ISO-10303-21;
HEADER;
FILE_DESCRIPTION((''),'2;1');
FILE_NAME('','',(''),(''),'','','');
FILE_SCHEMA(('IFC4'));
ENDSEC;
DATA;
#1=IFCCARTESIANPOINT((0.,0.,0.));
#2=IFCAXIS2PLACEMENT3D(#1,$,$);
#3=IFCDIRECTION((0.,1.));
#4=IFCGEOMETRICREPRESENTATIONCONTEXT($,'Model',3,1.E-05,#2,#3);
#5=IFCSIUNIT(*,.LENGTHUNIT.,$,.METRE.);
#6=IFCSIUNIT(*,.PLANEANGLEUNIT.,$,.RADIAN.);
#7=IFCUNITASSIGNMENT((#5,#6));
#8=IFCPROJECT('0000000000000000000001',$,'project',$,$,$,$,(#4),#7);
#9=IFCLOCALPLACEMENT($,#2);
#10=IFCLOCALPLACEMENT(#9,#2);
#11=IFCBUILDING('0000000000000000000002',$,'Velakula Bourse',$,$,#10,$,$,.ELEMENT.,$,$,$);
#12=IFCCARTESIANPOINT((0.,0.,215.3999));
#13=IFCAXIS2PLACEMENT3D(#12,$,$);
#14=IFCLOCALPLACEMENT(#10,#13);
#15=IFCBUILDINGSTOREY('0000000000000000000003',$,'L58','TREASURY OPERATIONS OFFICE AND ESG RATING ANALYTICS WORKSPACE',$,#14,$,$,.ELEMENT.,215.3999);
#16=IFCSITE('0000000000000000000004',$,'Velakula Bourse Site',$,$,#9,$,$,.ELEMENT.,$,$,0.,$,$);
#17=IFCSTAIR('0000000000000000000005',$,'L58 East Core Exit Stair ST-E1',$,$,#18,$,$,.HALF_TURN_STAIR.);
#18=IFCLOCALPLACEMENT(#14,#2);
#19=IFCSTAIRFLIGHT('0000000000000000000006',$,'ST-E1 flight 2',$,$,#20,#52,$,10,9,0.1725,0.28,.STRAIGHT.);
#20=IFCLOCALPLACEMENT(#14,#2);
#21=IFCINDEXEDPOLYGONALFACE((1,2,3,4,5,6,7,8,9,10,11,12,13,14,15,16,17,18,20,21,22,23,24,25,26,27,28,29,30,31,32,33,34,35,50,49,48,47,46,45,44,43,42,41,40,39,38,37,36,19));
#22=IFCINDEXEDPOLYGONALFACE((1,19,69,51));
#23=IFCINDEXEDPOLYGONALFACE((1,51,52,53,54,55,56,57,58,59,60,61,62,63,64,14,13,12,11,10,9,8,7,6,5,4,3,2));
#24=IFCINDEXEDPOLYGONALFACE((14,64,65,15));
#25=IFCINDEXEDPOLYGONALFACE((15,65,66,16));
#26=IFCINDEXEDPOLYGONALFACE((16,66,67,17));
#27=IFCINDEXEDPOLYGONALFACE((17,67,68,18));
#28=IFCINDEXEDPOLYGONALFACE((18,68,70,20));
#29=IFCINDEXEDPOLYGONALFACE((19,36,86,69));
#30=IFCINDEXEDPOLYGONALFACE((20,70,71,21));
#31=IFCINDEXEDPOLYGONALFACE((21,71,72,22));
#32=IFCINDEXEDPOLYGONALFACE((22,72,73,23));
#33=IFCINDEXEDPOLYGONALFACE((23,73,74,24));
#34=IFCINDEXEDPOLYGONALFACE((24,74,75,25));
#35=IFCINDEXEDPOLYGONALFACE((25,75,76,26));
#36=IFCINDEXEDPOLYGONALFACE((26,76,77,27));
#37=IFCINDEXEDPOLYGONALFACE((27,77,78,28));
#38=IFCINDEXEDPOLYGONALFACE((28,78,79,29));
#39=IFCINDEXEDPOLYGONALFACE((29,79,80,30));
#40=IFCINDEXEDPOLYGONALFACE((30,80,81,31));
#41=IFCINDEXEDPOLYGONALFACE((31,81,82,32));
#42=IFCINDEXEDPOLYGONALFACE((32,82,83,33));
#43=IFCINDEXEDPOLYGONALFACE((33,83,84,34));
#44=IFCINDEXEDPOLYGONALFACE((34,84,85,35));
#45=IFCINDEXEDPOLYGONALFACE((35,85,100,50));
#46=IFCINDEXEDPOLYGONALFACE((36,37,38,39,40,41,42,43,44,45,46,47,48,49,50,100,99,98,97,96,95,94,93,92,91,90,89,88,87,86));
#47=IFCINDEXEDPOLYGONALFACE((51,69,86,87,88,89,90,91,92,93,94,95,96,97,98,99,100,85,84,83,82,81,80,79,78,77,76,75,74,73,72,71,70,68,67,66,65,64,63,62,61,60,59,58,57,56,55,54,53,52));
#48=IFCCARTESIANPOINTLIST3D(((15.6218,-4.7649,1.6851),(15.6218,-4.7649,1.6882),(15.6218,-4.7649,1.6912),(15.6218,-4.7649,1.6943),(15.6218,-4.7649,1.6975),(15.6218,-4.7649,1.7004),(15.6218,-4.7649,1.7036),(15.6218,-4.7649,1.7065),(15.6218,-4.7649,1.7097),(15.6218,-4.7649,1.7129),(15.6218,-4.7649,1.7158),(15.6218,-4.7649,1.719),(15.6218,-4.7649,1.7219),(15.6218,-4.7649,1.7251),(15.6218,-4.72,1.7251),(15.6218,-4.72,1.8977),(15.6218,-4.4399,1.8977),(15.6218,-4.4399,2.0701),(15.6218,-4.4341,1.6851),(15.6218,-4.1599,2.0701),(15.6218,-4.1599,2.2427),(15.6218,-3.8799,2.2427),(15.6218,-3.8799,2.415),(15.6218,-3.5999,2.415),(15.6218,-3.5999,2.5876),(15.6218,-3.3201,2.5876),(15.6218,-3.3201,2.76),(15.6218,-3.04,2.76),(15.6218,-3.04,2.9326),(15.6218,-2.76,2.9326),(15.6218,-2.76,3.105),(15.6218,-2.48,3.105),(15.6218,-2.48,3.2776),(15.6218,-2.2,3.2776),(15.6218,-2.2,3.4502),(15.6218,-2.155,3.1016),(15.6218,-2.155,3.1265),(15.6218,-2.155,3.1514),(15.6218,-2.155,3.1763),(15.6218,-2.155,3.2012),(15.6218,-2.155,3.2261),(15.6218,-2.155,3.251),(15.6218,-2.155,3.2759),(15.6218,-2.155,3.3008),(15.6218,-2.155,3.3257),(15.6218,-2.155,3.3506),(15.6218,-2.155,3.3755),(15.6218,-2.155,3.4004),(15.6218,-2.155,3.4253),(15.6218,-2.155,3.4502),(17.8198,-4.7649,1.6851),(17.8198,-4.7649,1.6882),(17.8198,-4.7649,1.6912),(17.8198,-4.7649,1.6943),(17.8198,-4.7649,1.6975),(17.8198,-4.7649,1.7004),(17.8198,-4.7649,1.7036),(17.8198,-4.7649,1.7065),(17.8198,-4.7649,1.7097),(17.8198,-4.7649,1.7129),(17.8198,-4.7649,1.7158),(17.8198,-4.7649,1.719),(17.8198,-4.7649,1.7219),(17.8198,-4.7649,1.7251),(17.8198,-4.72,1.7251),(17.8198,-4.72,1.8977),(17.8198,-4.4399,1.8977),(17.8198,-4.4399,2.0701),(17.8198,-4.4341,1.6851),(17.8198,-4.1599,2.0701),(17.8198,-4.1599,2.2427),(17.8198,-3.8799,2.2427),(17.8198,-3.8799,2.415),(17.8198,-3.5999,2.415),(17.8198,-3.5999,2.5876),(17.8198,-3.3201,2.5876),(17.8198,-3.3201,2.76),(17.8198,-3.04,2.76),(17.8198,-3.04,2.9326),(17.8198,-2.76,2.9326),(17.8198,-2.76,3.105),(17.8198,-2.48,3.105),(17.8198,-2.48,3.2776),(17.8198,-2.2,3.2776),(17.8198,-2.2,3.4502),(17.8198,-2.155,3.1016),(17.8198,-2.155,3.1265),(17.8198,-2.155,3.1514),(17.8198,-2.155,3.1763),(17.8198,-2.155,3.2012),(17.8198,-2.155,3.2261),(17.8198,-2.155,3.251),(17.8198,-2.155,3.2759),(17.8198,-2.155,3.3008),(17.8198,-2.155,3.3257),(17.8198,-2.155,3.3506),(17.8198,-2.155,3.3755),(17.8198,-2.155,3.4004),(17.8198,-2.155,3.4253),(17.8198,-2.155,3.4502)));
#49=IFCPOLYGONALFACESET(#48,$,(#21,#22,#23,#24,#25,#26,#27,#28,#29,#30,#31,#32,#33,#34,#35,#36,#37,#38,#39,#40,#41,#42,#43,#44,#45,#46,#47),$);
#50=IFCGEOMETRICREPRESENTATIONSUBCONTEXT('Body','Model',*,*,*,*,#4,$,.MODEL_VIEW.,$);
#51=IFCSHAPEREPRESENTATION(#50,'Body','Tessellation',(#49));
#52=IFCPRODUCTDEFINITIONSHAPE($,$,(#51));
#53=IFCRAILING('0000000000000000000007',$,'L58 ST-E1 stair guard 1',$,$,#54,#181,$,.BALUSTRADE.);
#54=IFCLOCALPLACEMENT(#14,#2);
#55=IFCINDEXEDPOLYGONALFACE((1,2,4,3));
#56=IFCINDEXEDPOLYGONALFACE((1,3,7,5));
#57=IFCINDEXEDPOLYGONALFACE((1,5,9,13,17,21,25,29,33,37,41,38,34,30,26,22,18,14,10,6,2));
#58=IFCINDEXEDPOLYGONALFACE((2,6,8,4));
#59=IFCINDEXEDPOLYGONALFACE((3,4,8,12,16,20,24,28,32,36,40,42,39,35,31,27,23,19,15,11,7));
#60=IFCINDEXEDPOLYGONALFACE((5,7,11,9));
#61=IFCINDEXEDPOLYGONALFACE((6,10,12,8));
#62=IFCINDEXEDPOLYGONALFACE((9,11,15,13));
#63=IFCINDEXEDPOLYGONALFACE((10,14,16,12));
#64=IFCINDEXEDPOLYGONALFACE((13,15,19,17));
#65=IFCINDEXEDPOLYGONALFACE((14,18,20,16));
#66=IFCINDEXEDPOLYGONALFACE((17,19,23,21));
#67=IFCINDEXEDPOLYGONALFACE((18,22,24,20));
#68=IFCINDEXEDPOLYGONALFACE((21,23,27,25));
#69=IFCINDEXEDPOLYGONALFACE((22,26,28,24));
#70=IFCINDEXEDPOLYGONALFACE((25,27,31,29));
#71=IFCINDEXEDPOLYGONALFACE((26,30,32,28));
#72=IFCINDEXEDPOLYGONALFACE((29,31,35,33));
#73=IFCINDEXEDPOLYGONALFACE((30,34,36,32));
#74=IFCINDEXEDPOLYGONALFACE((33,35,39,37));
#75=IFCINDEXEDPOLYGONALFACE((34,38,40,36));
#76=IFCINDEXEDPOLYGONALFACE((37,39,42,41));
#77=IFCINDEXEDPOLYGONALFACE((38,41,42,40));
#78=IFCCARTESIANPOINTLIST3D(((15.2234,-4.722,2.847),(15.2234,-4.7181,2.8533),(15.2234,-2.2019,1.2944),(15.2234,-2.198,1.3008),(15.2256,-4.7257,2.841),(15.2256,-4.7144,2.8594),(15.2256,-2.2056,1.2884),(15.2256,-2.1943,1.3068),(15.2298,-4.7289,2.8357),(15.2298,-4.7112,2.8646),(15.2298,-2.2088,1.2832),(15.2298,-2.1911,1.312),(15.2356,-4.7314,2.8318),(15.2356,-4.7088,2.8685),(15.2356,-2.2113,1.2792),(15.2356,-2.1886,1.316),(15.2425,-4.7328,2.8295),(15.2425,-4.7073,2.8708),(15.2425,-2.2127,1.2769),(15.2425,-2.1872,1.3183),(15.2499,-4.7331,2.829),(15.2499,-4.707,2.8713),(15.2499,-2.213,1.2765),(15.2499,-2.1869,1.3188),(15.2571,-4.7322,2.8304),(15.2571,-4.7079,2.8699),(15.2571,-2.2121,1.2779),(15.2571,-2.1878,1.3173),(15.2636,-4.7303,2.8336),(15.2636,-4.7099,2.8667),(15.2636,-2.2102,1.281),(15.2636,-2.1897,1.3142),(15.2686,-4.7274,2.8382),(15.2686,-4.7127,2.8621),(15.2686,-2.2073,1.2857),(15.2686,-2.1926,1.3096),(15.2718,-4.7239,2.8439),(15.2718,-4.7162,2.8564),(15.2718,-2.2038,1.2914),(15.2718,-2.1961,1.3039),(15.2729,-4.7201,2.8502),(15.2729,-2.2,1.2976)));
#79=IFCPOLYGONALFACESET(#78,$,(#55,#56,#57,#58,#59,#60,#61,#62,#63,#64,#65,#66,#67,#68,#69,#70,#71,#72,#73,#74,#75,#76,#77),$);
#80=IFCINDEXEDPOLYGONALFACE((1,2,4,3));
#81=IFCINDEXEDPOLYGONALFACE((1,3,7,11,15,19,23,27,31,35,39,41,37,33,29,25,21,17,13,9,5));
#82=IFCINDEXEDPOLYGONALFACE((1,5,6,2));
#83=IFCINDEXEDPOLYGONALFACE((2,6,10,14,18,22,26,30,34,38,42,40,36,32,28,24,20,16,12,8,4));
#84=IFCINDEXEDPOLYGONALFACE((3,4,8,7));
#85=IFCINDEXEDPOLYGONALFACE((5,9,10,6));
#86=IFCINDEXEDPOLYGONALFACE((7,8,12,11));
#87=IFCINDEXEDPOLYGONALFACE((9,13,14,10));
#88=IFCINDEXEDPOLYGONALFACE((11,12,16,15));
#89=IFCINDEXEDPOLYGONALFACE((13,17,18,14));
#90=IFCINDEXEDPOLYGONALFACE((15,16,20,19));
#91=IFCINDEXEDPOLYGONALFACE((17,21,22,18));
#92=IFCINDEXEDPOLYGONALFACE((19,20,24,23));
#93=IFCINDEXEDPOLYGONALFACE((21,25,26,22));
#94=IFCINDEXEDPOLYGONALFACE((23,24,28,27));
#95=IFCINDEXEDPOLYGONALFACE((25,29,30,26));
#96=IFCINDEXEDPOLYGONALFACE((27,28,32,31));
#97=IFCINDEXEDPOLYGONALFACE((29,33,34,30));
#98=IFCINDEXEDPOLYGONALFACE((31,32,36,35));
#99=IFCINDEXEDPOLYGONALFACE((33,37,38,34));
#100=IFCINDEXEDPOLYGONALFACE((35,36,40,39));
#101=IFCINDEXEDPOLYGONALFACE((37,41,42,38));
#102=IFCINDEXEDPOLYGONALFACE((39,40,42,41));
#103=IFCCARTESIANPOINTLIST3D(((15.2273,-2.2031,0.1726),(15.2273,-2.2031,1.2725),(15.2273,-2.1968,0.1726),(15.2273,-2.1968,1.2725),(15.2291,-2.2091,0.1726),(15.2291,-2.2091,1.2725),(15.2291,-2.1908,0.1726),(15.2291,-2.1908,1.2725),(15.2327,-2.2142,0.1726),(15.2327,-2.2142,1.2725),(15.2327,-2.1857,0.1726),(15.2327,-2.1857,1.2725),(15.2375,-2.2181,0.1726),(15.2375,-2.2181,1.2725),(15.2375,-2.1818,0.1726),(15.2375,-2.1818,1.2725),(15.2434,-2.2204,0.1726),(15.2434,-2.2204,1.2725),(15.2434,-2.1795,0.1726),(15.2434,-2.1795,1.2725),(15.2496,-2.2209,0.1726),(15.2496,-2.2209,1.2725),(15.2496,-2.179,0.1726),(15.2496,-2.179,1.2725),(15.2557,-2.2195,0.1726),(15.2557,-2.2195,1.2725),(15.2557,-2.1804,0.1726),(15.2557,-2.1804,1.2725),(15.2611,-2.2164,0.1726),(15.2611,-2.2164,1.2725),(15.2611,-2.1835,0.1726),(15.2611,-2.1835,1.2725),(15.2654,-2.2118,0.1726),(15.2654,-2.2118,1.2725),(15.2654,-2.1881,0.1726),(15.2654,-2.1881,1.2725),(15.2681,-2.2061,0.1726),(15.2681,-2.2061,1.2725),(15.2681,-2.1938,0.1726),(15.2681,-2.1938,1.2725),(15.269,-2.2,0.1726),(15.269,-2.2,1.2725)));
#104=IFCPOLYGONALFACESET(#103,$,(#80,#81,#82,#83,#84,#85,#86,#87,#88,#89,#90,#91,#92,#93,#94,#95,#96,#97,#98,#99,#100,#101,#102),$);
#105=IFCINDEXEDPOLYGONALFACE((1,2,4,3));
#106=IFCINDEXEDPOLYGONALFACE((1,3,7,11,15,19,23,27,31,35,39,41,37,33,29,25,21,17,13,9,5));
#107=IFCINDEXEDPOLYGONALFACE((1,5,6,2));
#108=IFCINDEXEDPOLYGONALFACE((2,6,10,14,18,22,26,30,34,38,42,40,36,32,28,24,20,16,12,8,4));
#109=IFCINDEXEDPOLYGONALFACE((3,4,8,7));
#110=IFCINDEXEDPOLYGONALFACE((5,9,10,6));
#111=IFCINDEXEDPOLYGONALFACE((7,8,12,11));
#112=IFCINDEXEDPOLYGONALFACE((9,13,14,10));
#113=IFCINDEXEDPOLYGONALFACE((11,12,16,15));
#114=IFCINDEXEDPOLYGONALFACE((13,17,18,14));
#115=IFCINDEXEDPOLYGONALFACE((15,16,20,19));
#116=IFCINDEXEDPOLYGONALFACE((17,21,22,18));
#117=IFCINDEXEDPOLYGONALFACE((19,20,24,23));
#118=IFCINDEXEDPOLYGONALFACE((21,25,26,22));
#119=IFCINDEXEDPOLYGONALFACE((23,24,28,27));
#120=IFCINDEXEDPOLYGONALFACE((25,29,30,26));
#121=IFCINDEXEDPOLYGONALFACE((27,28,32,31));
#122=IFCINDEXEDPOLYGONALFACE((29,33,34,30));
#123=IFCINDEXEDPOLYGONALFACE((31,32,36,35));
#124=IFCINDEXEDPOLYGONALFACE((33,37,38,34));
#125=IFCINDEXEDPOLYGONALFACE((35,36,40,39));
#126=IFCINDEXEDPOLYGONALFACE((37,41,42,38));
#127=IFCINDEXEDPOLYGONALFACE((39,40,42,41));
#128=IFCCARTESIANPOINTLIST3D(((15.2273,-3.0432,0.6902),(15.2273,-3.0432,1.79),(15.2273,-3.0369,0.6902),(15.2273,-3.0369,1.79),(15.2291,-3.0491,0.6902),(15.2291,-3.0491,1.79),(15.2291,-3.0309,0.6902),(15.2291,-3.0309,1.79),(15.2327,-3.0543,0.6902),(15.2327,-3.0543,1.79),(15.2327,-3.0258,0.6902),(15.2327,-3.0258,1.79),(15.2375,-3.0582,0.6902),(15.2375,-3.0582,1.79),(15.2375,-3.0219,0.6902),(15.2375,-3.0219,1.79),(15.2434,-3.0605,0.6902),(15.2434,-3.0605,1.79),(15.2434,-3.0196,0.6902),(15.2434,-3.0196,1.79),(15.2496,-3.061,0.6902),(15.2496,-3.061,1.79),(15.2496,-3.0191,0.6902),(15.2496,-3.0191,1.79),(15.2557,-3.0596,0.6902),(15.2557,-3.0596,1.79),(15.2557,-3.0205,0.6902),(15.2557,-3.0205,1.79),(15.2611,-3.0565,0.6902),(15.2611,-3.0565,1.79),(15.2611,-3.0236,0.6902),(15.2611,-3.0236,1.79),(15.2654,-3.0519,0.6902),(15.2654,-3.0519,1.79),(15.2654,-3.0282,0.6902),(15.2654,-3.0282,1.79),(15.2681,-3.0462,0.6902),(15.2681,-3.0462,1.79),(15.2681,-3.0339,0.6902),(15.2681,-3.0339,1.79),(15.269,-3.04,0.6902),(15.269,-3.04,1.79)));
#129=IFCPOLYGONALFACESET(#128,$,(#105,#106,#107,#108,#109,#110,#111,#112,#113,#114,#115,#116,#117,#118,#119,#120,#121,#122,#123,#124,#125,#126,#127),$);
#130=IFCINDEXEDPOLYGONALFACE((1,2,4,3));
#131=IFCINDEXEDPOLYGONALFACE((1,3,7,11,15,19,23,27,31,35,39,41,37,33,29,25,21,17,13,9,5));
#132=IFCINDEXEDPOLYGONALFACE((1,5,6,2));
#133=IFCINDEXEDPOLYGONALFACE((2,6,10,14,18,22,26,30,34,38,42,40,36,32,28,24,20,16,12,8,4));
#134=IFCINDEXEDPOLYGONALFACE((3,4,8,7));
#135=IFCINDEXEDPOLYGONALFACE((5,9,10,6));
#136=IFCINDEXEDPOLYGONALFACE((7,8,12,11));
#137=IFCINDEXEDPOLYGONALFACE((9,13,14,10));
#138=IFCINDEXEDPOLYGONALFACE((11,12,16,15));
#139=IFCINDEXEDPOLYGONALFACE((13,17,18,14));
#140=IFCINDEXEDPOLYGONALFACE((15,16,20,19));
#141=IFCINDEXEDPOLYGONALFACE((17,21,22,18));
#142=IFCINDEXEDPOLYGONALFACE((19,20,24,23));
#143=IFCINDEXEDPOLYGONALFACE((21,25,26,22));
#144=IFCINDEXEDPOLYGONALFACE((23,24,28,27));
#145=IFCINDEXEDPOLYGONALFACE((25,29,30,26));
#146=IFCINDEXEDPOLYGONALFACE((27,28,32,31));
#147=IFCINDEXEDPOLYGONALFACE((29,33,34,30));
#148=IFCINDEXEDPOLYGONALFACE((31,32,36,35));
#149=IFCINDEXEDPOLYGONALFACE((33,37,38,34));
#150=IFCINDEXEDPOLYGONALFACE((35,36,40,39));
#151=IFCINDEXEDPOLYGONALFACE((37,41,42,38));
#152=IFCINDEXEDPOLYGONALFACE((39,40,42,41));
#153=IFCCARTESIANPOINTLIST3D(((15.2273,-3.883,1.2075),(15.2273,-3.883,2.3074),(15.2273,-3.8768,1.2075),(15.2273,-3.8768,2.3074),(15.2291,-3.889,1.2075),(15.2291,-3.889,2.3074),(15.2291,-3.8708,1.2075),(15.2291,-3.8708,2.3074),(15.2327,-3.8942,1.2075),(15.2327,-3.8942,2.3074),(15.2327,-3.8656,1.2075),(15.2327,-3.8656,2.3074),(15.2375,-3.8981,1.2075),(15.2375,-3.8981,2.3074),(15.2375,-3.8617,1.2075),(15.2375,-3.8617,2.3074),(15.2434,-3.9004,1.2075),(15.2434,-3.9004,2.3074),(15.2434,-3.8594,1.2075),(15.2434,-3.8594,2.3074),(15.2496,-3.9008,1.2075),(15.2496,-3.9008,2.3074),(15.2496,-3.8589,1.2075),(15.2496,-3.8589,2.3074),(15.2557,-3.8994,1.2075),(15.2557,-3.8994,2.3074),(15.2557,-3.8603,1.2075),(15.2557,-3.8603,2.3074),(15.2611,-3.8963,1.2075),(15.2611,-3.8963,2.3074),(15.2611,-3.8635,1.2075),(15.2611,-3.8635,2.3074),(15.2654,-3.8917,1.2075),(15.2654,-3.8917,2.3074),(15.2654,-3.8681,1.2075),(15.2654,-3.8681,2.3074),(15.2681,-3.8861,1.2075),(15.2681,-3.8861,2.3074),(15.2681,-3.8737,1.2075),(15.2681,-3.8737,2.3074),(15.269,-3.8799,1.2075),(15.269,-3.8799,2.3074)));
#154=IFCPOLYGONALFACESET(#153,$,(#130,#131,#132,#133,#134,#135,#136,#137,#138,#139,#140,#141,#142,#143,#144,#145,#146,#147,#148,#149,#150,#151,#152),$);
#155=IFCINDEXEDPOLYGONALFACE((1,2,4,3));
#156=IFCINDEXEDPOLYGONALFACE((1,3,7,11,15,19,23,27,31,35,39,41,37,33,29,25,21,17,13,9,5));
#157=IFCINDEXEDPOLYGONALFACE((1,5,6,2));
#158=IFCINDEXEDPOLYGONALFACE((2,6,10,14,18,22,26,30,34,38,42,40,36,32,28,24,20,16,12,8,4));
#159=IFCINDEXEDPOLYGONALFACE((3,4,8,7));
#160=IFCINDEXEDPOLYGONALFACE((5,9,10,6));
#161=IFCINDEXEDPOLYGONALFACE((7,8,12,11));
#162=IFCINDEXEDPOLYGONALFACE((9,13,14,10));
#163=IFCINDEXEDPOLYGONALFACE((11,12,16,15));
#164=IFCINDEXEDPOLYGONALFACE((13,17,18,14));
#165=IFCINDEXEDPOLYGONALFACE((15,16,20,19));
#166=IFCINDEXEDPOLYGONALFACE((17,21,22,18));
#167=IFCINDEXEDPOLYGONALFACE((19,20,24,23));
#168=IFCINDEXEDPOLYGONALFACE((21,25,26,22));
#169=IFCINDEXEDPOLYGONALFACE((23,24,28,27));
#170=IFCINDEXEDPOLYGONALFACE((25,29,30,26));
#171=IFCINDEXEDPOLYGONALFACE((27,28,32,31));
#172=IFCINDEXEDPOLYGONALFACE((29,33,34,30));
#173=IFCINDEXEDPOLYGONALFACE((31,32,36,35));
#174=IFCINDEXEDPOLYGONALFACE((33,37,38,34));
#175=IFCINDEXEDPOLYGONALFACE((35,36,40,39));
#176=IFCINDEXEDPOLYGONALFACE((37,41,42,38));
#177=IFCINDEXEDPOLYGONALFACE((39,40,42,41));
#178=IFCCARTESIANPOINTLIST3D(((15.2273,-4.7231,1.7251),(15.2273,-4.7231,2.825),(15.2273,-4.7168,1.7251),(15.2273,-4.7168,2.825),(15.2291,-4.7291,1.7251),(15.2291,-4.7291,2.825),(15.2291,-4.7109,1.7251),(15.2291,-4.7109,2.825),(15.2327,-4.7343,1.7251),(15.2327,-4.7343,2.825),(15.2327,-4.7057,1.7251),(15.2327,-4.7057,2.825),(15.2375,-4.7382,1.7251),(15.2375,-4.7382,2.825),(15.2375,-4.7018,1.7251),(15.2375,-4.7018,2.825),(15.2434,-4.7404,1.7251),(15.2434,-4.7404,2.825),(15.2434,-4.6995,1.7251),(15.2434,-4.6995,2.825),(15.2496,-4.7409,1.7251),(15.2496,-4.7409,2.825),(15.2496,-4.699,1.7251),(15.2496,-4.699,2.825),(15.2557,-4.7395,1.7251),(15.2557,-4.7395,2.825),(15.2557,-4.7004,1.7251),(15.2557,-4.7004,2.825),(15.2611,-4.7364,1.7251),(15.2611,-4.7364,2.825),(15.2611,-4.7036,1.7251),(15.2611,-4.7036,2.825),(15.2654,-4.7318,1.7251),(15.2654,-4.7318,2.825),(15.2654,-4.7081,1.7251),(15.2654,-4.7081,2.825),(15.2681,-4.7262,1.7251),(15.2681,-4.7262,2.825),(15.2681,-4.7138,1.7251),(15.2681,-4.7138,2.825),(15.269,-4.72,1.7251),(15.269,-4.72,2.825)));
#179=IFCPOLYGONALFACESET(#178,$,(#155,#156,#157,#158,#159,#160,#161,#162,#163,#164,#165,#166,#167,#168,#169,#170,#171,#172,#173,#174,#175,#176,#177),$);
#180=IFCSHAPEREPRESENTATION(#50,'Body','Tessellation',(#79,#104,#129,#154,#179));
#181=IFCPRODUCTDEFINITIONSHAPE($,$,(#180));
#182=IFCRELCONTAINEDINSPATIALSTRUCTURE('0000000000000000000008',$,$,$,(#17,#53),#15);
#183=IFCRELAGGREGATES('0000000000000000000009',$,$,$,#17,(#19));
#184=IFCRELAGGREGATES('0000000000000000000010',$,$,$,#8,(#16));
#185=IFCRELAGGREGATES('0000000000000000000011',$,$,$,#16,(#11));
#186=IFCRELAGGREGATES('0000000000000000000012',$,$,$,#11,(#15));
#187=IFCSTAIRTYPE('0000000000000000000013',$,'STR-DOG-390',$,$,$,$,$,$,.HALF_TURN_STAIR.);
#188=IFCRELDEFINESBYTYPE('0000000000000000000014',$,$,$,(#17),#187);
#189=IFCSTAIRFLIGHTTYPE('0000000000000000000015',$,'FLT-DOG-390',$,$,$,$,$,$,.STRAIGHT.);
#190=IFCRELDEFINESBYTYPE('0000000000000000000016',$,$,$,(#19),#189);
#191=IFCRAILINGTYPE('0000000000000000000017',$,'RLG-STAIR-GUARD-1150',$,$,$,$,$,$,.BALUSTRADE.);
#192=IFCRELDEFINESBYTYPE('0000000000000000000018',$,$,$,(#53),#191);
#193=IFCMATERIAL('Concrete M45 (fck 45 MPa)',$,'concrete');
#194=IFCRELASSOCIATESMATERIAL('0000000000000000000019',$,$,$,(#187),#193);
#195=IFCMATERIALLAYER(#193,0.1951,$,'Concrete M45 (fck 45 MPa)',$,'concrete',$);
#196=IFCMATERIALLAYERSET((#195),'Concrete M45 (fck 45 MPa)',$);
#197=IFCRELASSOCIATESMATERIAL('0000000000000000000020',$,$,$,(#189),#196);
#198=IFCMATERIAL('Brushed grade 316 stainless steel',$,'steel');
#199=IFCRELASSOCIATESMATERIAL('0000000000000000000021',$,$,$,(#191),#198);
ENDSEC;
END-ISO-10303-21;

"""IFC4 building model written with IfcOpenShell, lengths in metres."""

from ifc_helpers import new_model, si_unit, direction, frame, origin, origin_2d, place, context, subcontext, project, spatial, polyline, circle, outline, extrude, material, layer, layer_set, type_object, element, aggregate, save


model = new_model("IFC4")

# Units and contexts
model_context = context("Model", 3, precision=1e-05, world=origin(), true_north=direction((0.0, 1.0)))
body_context = subcontext(model_context, "Body", "Model", "MODEL_VIEW")
ifc_project = project(units=[si_unit("LENGTHUNIT", "METRE"), si_unit("PLANEANGLEUNIT", "RADIAN")], contexts=[model_context])

# Site, building, storey
site_placement = place(None, origin())
site = spatial("IfcSite", under=ifc_project, at=site_placement, Name="Velakula Bourse Site", CompositionType="ELEMENT", RefElevation=0.0)
building_placement = place(site_placement, origin())
building = spatial("IfcBuilding", under=site, at=building_placement, Name="Velakula Bourse", CompositionType="ELEMENT")
storey_placement = place(building_placement, frame((0.0, 0.0, 215.3999)))
storey = spatial("IfcBuildingStorey", under=building, at=storey_placement, Name="L58", Description="TREASURY OPERATIONS OFFICE AND ESG RATING ANALYTICS WORKSPACE", CompositionType="ELEMENT", Elevation=215.3999)

# Shared definitions
ifc_material_1 = material(Name="Brushed grade 316 stainless steel", Category="steel")

# Stair, stair flight
ifc_material_2 = material(Name="Concrete M45 (fck 45 MPa)", Category="concrete")
stair_type = type_object("IfcStairType", Name="STR-DOG-390", PredefinedType="HALF_TURN_STAIR", material=ifc_material_2)
stair_placement = place(storey_placement, origin())
stair = element("IfcStair", 1, at=stair_placement, inside=storey, type_object=stair_type, Name="L58 East Core Exit Stair ST-E1", PredefinedType="HALF_TURN_STAIR")
ifc_layer_1 = layer(ifc_material_2, 0.1951, Name="Concrete M45 (fck 45 MPa)", Category="concrete")
ifc_layer_set_1 = layer_set([ifc_layer_1], Name="Concrete M45 (fck 45 MPa)")
stair_flight_type = type_object("IfcStairFlightType", Name="FLT-DOG-390", PredefinedType="STRAIGHT", material=ifc_layer_set_1)
stair_flight_1_placement = place(storey_placement, frame((16.7209, -4.72, 1.7251), z_axis=(0.0, 0.0, 1.0), x_axis=(0.0, 1.0, 0.0)))
stair_flight_1 = element("IfcStairFlight", 2, at=stair_flight_1_placement, type_object=stair_flight_type, Name="ST-E1 flight 2", NumberOfRisers=10, NumberOfTreads=9, PredefinedType="STRAIGHT", RiserHeight=0.1725, TreadLength=0.28, context=body_context, shape_type="SweptSolid", body=[
    extrude(outline(polyline([(-0.0449, -0.04), (-0.0449, -0.0369), (-0.0449, -0.0339), (-0.0449, -0.0308), (-0.0449, -0.0276), (-0.0449, -0.0247), (-0.0449, -0.0215), (-0.0449, -0.0186), (-0.0449, -0.0154), (-0.0449, -0.0122), (-0.0449, -0.0093), (-0.0449, -0.0061), (-0.0449, -0.0032), (-0.0449, 0.0), (0.0, 0.0), (0.0, 0.1726), (0.28, 0.1726), (0.28, 0.345), (0.5601, 0.345), (0.5601, 0.5176), (0.8401, 0.5176), (0.8401, 0.6899), (1.1201, 0.6899), (1.1201, 0.8625), (1.3999, 0.8625), (1.3999, 1.0349), (1.6799, 1.0349), (1.6799, 1.2075), (1.96, 1.2075), (1.96, 1.3799), (2.24, 1.3799), (2.24, 1.5525), (2.52, 1.5525), (2.52, 1.7251), (2.5649, 1.7251), (2.5649, 1.7002), (2.5649, 1.6753), (2.5649, 1.6504), (2.5649, 1.6255), (2.5649, 1.6006), (2.5649, 1.5757), (2.5649, 1.5508), (2.5649, 1.5259), (2.5649, 1.501), (2.5649, 1.4761), (2.5649, 1.4512), (2.5649, 1.4263), (2.5649, 1.4014), (2.5649, 1.3765), (0.2859, -0.04), (-0.0449, -0.04)])), frame((0.0, 1.0991, 0.0), z_axis=(0.0, -1.0, 0.0), x_axis=(1.0, 0.0, 0.0)), (0.0, 0.0, 1.0), 2.198),
])
aggregate(stair, [stair_flight_1])

# Railing
railing_type_1 = type_object("IfcRailingType", Name="RLG-STAIR-GUARD-1150", PredefinedType="BALUSTRADE", material=ifc_material_1)
railing_1_placement = place(storey_placement, frame((15.248, -2.2, 0.1726)))
element("IfcRailing", 3, at=railing_1_placement, inside=storey, type_object=railing_type_1, Name="L58 ST-E1 stair guard 1", PredefinedType="BALUSTRADE", context=body_context, shape_type="SweptSolid", body=[
    extrude(circle(Radius=0.0249, at=origin_2d()), frame((0.0, 0.0, 1.125), z_axis=(0.0, -0.8514, 0.524516), x_axis=(1.0, 0.0, 0.0)), (0.0, 0.0, 1.0), 2.96),
    extrude(circle(Radius=0.021, at=origin_2d()), origin(), (0.0, 0.0, 1.0), 1.0999),
    extrude(circle(Radius=0.021, at=origin_2d()), frame((0.0, -0.8401, 0.5176)), (0.0, 0.0, 1.0), 1.0999),
    extrude(circle(Radius=0.021, at=origin_2d()), frame((0.0, -1.6799, 1.0349)), (0.0, 0.0, 1.0), 1.0999),
    extrude(circle(Radius=0.021, at=origin_2d()), frame((0.0, -2.52, 1.5525)), (0.0, 0.0, 1.0), 1.0999),
])

save(model, "model.ifc")
